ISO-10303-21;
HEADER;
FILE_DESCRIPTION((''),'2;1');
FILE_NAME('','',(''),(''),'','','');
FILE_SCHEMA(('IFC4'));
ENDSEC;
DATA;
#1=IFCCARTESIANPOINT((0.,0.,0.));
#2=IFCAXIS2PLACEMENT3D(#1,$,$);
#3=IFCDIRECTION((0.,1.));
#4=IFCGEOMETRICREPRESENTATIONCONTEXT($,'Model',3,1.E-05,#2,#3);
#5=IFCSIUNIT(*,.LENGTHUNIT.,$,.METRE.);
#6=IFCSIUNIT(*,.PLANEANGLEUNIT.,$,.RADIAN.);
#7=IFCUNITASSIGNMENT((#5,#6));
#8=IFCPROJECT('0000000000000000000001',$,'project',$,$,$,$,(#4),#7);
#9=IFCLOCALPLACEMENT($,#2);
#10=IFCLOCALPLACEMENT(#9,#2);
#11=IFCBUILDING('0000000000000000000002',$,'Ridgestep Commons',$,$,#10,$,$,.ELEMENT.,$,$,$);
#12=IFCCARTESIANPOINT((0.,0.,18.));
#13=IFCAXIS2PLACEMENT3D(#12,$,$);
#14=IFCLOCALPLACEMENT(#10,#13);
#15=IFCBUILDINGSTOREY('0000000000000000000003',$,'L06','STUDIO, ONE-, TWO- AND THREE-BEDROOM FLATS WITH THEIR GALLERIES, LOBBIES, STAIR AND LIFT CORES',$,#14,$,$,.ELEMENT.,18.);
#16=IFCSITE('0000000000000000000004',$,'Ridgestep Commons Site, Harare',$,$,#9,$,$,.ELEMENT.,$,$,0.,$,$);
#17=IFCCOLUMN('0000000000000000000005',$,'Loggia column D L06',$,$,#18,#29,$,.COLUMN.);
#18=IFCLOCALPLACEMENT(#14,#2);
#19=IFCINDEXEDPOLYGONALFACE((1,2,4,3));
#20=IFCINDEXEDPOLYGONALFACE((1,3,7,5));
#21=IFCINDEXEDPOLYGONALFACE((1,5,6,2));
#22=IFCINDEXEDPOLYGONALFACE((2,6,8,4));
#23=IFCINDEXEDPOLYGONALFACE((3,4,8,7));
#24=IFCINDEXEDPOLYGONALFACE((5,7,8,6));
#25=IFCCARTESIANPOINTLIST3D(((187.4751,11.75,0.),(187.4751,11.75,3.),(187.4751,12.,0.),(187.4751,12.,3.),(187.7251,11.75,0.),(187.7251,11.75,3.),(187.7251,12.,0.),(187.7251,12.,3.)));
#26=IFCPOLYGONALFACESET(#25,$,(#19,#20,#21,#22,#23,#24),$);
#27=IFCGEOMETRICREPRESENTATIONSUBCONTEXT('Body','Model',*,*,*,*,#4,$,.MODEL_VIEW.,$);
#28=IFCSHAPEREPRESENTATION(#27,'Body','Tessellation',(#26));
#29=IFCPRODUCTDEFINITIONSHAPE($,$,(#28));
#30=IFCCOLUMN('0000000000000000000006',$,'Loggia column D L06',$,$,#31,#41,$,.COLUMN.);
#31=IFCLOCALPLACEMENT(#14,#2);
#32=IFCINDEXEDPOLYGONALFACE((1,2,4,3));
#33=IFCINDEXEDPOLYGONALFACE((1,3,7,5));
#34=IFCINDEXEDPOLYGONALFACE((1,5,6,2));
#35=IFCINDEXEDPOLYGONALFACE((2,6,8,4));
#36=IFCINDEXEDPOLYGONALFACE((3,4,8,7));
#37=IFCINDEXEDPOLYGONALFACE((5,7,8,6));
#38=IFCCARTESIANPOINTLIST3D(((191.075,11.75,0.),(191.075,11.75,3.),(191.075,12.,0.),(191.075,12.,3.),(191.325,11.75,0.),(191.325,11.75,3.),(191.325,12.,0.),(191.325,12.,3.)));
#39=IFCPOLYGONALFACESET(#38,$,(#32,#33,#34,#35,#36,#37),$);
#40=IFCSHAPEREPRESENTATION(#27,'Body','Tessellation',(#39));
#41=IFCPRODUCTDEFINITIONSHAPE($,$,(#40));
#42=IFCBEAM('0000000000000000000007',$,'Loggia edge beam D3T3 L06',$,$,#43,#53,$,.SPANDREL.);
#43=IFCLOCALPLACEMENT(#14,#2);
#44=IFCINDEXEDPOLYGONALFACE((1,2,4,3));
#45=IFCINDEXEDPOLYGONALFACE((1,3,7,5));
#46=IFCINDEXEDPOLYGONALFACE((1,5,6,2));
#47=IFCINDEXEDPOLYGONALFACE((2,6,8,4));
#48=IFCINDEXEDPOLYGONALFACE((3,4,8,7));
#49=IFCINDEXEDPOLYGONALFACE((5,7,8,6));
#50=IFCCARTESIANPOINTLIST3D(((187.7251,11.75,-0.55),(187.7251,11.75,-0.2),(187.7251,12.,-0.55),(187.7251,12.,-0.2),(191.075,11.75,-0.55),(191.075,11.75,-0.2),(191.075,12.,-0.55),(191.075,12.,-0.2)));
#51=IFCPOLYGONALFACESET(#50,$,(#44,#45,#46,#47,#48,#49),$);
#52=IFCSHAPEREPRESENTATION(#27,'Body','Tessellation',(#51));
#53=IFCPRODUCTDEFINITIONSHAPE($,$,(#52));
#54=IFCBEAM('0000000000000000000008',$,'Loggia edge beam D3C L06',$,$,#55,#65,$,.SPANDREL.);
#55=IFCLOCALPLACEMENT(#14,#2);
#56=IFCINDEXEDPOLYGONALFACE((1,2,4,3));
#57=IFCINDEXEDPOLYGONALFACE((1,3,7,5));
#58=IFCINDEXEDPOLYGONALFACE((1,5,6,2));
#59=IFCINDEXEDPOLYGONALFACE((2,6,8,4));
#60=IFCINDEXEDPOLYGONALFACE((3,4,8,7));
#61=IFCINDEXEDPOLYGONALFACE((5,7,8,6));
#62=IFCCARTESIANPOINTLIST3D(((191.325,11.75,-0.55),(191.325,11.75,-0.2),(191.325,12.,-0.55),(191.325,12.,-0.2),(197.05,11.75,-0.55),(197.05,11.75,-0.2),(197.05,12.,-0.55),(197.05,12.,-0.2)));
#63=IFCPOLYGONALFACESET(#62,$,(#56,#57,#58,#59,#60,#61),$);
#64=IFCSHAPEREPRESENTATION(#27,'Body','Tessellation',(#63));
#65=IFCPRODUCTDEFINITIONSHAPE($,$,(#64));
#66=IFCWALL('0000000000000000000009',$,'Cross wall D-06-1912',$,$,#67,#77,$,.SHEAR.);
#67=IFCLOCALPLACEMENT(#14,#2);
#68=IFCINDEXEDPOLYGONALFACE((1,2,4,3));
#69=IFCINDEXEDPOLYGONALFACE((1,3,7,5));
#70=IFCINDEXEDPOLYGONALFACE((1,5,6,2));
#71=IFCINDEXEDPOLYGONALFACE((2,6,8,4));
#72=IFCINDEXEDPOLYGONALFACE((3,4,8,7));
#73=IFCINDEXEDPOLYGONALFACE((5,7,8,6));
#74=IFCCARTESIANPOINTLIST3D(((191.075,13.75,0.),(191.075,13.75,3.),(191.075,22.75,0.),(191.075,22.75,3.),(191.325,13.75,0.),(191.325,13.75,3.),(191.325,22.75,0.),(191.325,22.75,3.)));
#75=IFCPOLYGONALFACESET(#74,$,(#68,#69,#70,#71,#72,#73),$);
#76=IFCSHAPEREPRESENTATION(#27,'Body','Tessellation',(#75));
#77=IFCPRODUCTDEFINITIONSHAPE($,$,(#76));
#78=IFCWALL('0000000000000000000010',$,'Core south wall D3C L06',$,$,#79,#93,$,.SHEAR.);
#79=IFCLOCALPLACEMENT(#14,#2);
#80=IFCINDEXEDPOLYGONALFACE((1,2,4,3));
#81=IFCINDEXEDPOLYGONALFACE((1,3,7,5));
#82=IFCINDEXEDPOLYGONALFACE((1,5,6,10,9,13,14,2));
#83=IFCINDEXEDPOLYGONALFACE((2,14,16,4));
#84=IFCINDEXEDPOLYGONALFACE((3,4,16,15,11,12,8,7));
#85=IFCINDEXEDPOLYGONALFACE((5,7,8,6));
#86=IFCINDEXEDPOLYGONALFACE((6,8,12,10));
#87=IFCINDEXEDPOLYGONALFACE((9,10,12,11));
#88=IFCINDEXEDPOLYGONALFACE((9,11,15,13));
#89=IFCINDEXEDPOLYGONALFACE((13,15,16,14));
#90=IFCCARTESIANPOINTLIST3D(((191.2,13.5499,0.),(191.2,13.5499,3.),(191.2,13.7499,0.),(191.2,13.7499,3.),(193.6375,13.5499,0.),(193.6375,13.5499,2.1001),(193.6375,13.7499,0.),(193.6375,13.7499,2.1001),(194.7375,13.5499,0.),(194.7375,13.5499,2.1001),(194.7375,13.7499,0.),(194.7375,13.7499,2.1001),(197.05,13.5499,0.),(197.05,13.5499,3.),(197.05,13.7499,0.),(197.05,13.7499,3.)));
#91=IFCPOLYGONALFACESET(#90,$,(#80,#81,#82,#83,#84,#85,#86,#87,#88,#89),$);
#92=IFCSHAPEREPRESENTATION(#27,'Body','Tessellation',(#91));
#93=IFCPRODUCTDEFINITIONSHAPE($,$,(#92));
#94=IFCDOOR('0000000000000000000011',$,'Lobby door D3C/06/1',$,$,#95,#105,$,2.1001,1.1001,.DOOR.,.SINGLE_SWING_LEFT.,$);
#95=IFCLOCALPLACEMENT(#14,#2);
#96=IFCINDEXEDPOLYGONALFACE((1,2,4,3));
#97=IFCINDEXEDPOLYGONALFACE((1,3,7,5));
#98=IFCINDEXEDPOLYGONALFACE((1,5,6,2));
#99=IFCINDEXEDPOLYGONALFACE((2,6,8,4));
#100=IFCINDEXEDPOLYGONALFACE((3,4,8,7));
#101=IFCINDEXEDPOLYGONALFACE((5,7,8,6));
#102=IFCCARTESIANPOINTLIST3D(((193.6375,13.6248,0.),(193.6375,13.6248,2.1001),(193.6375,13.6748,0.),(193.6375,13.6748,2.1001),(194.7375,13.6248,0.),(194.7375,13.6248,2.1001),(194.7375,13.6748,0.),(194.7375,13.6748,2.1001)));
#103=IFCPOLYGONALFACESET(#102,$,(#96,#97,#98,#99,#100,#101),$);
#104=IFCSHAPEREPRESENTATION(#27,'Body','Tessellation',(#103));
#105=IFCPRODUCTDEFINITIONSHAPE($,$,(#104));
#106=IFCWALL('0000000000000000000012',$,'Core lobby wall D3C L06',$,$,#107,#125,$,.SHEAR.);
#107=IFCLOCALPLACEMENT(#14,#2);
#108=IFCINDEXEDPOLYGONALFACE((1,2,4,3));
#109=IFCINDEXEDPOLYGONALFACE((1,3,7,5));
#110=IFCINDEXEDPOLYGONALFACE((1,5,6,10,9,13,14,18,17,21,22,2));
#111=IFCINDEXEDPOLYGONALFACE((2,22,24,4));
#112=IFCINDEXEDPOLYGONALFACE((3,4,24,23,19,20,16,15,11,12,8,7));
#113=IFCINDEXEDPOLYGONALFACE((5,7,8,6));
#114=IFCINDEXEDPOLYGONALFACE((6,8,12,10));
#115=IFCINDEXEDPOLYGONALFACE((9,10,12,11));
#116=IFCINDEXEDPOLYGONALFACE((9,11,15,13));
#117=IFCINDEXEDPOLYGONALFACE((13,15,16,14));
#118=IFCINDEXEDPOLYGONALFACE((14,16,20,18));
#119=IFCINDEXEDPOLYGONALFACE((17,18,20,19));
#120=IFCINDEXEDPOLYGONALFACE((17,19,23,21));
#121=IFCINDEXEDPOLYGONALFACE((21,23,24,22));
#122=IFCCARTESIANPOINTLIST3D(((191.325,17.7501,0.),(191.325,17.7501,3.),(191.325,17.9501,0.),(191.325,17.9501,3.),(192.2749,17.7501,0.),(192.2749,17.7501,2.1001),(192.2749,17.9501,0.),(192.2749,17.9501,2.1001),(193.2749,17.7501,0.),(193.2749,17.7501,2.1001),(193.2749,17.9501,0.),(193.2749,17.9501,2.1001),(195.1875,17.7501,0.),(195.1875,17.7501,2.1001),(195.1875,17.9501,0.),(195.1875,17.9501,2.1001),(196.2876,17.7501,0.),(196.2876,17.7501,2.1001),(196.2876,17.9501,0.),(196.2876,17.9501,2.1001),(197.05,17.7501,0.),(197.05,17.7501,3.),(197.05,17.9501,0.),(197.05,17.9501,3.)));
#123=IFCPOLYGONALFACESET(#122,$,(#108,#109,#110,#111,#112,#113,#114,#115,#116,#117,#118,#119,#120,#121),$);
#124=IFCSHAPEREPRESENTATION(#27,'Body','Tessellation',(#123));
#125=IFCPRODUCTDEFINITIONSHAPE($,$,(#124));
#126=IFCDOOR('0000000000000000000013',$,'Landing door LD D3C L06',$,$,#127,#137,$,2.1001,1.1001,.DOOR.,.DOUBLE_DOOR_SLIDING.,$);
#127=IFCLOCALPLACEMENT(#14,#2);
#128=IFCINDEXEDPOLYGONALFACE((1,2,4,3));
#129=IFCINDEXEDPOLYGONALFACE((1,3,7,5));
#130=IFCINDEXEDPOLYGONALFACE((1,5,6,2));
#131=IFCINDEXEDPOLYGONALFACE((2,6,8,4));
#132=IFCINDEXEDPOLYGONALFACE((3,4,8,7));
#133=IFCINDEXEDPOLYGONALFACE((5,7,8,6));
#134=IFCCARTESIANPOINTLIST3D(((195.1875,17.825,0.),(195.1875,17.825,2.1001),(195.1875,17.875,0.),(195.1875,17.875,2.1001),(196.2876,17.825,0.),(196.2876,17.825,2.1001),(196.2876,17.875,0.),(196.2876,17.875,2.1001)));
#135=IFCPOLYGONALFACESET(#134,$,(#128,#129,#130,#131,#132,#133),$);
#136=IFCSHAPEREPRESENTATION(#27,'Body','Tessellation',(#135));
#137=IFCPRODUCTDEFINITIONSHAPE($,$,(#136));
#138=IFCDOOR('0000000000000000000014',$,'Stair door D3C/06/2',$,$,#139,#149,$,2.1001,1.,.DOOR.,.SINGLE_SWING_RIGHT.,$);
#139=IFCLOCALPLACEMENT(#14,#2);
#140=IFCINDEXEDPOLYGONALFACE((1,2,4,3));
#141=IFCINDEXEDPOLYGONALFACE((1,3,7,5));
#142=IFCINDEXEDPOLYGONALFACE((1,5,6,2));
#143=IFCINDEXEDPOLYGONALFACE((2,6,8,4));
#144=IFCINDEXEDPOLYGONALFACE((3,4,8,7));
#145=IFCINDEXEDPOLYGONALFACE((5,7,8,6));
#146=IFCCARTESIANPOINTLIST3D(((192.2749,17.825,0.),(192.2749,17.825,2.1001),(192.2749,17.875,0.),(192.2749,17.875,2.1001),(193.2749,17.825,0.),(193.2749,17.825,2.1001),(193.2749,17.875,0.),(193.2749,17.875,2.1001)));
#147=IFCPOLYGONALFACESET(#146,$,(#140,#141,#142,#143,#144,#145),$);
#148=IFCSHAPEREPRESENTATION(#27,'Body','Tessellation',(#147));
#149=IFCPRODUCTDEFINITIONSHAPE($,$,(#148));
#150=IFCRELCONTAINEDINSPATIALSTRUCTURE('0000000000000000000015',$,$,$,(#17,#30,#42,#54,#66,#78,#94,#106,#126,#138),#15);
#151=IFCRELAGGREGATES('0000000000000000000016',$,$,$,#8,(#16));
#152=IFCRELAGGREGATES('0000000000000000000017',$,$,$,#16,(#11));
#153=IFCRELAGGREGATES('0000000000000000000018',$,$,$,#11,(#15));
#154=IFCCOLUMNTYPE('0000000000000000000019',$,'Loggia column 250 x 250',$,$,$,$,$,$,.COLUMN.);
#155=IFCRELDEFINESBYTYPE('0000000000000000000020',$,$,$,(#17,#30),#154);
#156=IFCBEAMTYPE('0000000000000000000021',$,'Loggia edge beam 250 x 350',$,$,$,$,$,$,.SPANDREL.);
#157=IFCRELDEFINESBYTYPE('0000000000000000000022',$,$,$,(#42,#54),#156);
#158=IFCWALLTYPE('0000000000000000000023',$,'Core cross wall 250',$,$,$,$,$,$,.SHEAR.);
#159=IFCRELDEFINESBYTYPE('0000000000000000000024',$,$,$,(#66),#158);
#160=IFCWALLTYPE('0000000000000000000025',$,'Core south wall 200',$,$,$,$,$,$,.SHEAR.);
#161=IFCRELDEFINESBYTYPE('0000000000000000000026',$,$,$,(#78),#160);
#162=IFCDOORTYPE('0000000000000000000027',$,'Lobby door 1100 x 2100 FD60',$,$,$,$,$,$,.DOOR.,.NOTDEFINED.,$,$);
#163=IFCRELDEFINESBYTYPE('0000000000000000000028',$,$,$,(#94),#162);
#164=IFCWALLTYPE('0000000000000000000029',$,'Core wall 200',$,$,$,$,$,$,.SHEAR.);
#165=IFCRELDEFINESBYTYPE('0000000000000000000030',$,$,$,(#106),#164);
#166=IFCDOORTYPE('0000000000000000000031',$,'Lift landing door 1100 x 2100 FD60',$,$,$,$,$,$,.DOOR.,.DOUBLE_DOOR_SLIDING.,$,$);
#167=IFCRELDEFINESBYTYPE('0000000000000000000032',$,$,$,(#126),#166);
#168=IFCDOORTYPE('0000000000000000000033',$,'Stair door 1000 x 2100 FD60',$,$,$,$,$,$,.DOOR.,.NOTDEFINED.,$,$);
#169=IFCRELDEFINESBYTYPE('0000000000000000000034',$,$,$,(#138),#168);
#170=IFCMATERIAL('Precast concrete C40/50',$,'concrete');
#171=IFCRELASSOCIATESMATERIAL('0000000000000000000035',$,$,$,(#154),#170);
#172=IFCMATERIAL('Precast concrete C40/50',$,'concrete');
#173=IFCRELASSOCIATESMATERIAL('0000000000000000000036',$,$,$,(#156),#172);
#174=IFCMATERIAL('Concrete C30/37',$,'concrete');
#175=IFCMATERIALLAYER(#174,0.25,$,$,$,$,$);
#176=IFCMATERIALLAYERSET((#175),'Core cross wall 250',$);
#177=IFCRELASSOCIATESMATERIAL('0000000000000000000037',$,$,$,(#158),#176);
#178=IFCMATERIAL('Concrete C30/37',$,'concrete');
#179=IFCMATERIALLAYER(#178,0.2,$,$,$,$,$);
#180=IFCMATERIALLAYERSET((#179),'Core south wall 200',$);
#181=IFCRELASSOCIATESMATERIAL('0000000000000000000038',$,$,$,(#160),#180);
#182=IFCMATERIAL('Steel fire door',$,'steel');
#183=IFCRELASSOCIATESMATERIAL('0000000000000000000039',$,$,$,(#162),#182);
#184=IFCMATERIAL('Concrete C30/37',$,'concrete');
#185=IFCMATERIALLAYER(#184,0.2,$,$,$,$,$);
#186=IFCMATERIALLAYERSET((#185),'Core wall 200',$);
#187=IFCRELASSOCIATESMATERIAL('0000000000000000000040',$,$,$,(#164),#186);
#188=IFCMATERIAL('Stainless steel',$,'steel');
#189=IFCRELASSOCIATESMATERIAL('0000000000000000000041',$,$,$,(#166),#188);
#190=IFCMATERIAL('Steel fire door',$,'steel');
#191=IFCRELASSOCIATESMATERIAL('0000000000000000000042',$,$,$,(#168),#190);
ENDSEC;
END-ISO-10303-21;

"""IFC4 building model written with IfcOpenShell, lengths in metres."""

from ifc_helpers import new_model, si_unit, direction, frame, frame_2d, origin, origin_2d, place, context, subcontext, project, spatial, rectangle, extrude, material, layer, layer_set, material_profile, profile_set, type_object, element, fill, save


model = new_model("IFC4")

# Units and contexts
model_context = context("Model", 3, precision=1e-05, world=origin(), true_north=direction((0.0, 1.0)))
body_context = subcontext(model_context, "Body", "Model", "MODEL_VIEW")
ifc_project = project(units=[si_unit("LENGTHUNIT", "METRE"), si_unit("PLANEANGLEUNIT", "RADIAN")], contexts=[model_context])

# Site, building, storey
site_placement = place(None, origin())
site = spatial("IfcSite", under=ifc_project, at=site_placement, Name="Ridgestep Commons Site, Harare", CompositionType="ELEMENT", RefElevation=0.0)
building_placement = place(site_placement, origin())
building = spatial("IfcBuilding", under=site, at=building_placement, Name="Ridgestep Commons", CompositionType="ELEMENT")
storey_placement = place(building_placement, frame((0.0, 0.0, 18.0)))
storey = spatial("IfcBuildingStorey", under=building, at=storey_placement, Name="L06", Description="STUDIO, ONE-, TWO- AND THREE-BEDROOM FLATS WITH THEIR GALLERIES, LOBBIES, STAIR AND LIFT CORES", CompositionType="ELEMENT", Elevation=18.0)

# Columns
ifc_material_1 = material(Name="Precast concrete C40/50", Category="concrete")
ifc_material_profile_1 = material_profile(ifc_material_1, rectangle(XDim=0.25, YDim=0.25, at=origin_2d()), Name="PC 250x250")
ifc_profile_set_1 = profile_set([ifc_material_profile_1], Name="Precast concrete C40/50")
column_type = type_object("IfcColumnType", Name="Loggia column 250 x 250", PredefinedType="COLUMN", material=ifc_profile_set_1)
for number, where, z_axis, x_axis, name in (
    (1, (187.6001, 11.875, 0.0), (0.0, 0.0, 1.0), (1.0, 0.0, 0.0), "Loggia column D L06"),
    (2, (191.2, 11.875, 0.0), (0.0, 0.0, 1.0), (1.0, 0.0, 0.0), "Loggia column D L06"),
):
    element("IfcColumn", number, at=place(storey_placement, frame(where, z_axis=z_axis, x_axis=x_axis)), inside=storey, type_object=column_type, Name=name, PredefinedType="COLUMN", context=body_context, shape_type="SweptSolid", body=[
        extrude(rectangle(XDim=0.25, YDim=0.25, at=origin_2d()), origin(), (0.0, 0.0, 1.0), 3.0),
    ])

# Beams
ifc_material_2 = material(Name="Precast concrete C40/50", Category="concrete")
ifc_material_profile_2 = material_profile(ifc_material_2, rectangle(XDim=0.25, YDim=0.3501, at=origin_2d()), Name="PC 250x350")
ifc_profile_set_2 = profile_set([ifc_material_profile_2], Name="Precast concrete C40/50")
beam_type = type_object("IfcBeamType", Name="Loggia edge beam 250 x 350", PredefinedType="SPANDREL", material=ifc_profile_set_2)
beam_1_placement = place(storey_placement, frame((187.7251, 11.875, -0.375), z_axis=(1.0, 0.0, 0.0), x_axis=(0.0, 1.0, 0.0)))
element("IfcBeam", 3, at=beam_1_placement, inside=storey, type_object=beam_type, Name="Loggia edge beam D3T3 L06", PredefinedType="SPANDREL", context=body_context, shape_type="SweptSolid", body=[
    extrude(rectangle(XDim=0.25, YDim=0.3501, at=origin_2d()), origin(), (0.0, 0.0, 1.0), 3.3499),
])
beam_2_placement = place(storey_placement, frame((191.325, 11.875, -0.375), z_axis=(1.0, 0.0, 0.0), x_axis=(0.0, 1.0, 0.0)))
element("IfcBeam", 4, at=beam_2_placement, inside=storey, type_object=beam_type, Name="Loggia edge beam D3C L06", PredefinedType="SPANDREL", context=body_context, shape_type="SweptSolid", body=[
    extrude(rectangle(XDim=0.25, YDim=0.3501, at=origin_2d()), origin(), (0.0, 0.0, 1.0), 5.7251),
])

# Wall
ifc_material_3 = material(Name="Concrete C30/37", Category="concrete")
ifc_layer_1 = layer(ifc_material_3, 0.25)
ifc_layer_set_1 = layer_set([ifc_layer_1], Name="Core cross wall 250")
wall_type_1 = type_object("IfcWallType", Name="Core cross wall 250", PredefinedType="SHEAR", material=ifc_layer_set_1)
wall_1_placement = place(storey_placement, frame((191.2, 13.75, 0.0), z_axis=(0.0, 0.0, 1.0), x_axis=(0.0, 1.0, 0.0)))
element("IfcWall", 5, at=wall_1_placement, inside=storey, type_object=wall_type_1, Name="Cross wall D-06-1912", PredefinedType="SHEAR", context=body_context, shape_type="SweptSolid", body=[
    extrude(rectangle(XDim=9.0, YDim=0.25, at=frame_2d((4.5, 0.0))), origin(), (0.0, 0.0, 1.0), 3.0),
])

# Wall, opening, door
ifc_material_4 = material(Name="Concrete C30/37", Category="concrete")
ifc_layer_2 = layer(ifc_material_4, 0.2)
ifc_layer_set_2 = layer_set([ifc_layer_2], Name="Core south wall 200")
wall_type_2 = type_object("IfcWallType", Name="Core south wall 200", PredefinedType="SHEAR", material=ifc_layer_set_2)
wall_2_placement = place(storey_placement, frame((191.2, 13.6499, 0.0), z_axis=(0.0, 0.0, 1.0), x_axis=(1.0, 0.0, 0.0)))
wall_2 = element("IfcWall", 6, at=wall_2_placement, inside=storey, type_object=wall_type_2, Name="Core south wall D3C L06", PredefinedType="SHEAR", context=body_context, shape_type="SweptSolid", body=[
    extrude(rectangle(XDim=5.8501, YDim=0.2, at=frame_2d((2.925, 0.0))), origin(), (0.0, 0.0, 1.0), 3.0),
])
opening_1_placement = place(wall_2_placement, frame((2.4375, 0.0, 0.0)))
opening_1 = element("IfcOpeningElement", 7, at=opening_1_placement, cuts=wall_2, PredefinedType="OPENING", context=body_context, shape_type="SweptSolid", body=[
    extrude(rectangle(XDim=1.1001, YDim=2.1001, at=frame_2d((0.55, 1.05))), frame((0.0, 0.1099, 0.0), z_axis=(0.0, -1.0, 0.0), x_axis=(1.0, 0.0, 0.0)), (0.0, 0.0, 1.0), 0.22),
])
ifc_material_5 = material(Name="Steel fire door", Category="steel")
door_type_1 = type_object("IfcDoorType", Name="Lobby door 1100 x 2100 FD60", OperationType="NOTDEFINED", PredefinedType="DOOR", material=ifc_material_5)
door_1_placement = place(opening_1_placement, origin())
door_1 = element("IfcDoor", 8, at=door_1_placement, inside=storey, type_object=door_type_1, Name="Lobby door D3C/06/1", OperationType="SINGLE_SWING_LEFT", OverallHeight=2.1001, OverallWidth=1.1001, PredefinedType="DOOR", context=body_context, shape_type="SweptSolid", body=[
    extrude(rectangle(XDim=1.1001, YDim=2.1001, at=frame_2d((0.55, 1.05))), frame((0.0, 0.0249, 0.0), z_axis=(0.0, -1.0, 0.0), x_axis=(1.0, 0.0, 0.0)), (0.0, 0.0, 1.0), 0.05),
])
fill(opening_1, door_1)

# Wall, openings, doors
ifc_material_6 = material(Name="Concrete C30/37", Category="concrete")
ifc_layer_3 = layer(ifc_material_6, 0.2)
ifc_layer_set_3 = layer_set([ifc_layer_3], Name="Core wall 200")
wall_type_3 = type_object("IfcWallType", Name="Core wall 200", PredefinedType="SHEAR", material=ifc_layer_set_3)
wall_3_placement = place(storey_placement, frame((191.325, 17.8501, 0.0), z_axis=(0.0, 0.0, 1.0), x_axis=(1.0, 0.0, 0.0)))
wall_3 = element("IfcWall", 9, at=wall_3_placement, inside=storey, type_object=wall_type_3, Name="Core lobby wall D3C L06", PredefinedType="SHEAR", context=body_context, shape_type="SweptSolid", body=[
    extrude(rectangle(XDim=5.7251, YDim=0.2, at=frame_2d((2.8625, 0.0))), origin(), (0.0, 0.0, 1.0), 3.0),
])
opening_2_placement = place(wall_3_placement, frame((0.95, 0.0, 0.0)))
opening_2 = element("IfcOpeningElement", 10, at=opening_2_placement, cuts=wall_3, PredefinedType="OPENING", context=body_context, shape_type="SweptSolid", body=[
    extrude(rectangle(XDim=1.0, YDim=2.1001, at=frame_2d((0.5, 1.05))), frame((0.0, 0.1099, 0.0), z_axis=(0.0, -1.0, 0.0), x_axis=(1.0, 0.0, 0.0)), (0.0, 0.0, 1.0), 0.22),
])
opening_3_placement = place(wall_3_placement, frame((3.8625, 0.0, 0.0)))
opening_3 = element("IfcOpeningElement", 11, at=opening_3_placement, cuts=wall_3, PredefinedType="OPENING", context=body_context, shape_type="SweptSolid", body=[
    extrude(rectangle(XDim=1.1001, YDim=2.1001, at=frame_2d((0.55, 1.05))), frame((0.0, 0.1099, 0.0), z_axis=(0.0, -1.0, 0.0), x_axis=(1.0, 0.0, 0.0)), (0.0, 0.0, 1.0), 0.22),
])
ifc_material_7 = material(Name="Stainless steel", Category="steel")
door_type_2 = type_object("IfcDoorType", Name="Lift landing door 1100 x 2100 FD60", OperationType="DOUBLE_DOOR_SLIDING", PredefinedType="DOOR", material=ifc_material_7)
door_2_placement = place(opening_3_placement, origin())
door_2 = element("IfcDoor", 12, at=door_2_placement, inside=storey, type_object=door_type_2, Name="Landing door LD D3C L06", OperationType="DOUBLE_DOOR_SLIDING", OverallHeight=2.1001, OverallWidth=1.1001, PredefinedType="DOOR", context=body_context, shape_type="SweptSolid", body=[
    extrude(rectangle(XDim=1.1001, YDim=2.1001, at=frame_2d((0.55, 1.05))), frame((0.0, 0.0249, 0.0), z_axis=(0.0, -1.0, 0.0), x_axis=(1.0, 0.0, 0.0)), (0.0, 0.0, 1.0), 0.05),
])
fill(opening_3, door_2)
ifc_material_8 = material(Name="Steel fire door", Category="steel")
door_type_3 = type_object("IfcDoorType", Name="Stair door 1000 x 2100 FD60", OperationType="NOTDEFINED", PredefinedType="DOOR", material=ifc_material_8)
door_3_placement = place(opening_2_placement, origin())
door_3 = element("IfcDoor", 13, at=door_3_placement, inside=storey, type_object=door_type_3, Name="Stair door D3C/06/2", OperationType="SINGLE_SWING_RIGHT", OverallHeight=2.1001, OverallWidth=1.0, PredefinedType="DOOR", context=body_context, shape_type="SweptSolid", body=[
    extrude(rectangle(XDim=1.0, YDim=2.1001, at=frame_2d((0.5, 1.05))), frame((0.0, 0.0249, 0.0), z_axis=(0.0, -1.0, 0.0), x_axis=(1.0, 0.0, 0.0)), (0.0, 0.0, 1.0), 0.05),
])
fill(opening_2, door_3)

save(model, "model.ifc")
